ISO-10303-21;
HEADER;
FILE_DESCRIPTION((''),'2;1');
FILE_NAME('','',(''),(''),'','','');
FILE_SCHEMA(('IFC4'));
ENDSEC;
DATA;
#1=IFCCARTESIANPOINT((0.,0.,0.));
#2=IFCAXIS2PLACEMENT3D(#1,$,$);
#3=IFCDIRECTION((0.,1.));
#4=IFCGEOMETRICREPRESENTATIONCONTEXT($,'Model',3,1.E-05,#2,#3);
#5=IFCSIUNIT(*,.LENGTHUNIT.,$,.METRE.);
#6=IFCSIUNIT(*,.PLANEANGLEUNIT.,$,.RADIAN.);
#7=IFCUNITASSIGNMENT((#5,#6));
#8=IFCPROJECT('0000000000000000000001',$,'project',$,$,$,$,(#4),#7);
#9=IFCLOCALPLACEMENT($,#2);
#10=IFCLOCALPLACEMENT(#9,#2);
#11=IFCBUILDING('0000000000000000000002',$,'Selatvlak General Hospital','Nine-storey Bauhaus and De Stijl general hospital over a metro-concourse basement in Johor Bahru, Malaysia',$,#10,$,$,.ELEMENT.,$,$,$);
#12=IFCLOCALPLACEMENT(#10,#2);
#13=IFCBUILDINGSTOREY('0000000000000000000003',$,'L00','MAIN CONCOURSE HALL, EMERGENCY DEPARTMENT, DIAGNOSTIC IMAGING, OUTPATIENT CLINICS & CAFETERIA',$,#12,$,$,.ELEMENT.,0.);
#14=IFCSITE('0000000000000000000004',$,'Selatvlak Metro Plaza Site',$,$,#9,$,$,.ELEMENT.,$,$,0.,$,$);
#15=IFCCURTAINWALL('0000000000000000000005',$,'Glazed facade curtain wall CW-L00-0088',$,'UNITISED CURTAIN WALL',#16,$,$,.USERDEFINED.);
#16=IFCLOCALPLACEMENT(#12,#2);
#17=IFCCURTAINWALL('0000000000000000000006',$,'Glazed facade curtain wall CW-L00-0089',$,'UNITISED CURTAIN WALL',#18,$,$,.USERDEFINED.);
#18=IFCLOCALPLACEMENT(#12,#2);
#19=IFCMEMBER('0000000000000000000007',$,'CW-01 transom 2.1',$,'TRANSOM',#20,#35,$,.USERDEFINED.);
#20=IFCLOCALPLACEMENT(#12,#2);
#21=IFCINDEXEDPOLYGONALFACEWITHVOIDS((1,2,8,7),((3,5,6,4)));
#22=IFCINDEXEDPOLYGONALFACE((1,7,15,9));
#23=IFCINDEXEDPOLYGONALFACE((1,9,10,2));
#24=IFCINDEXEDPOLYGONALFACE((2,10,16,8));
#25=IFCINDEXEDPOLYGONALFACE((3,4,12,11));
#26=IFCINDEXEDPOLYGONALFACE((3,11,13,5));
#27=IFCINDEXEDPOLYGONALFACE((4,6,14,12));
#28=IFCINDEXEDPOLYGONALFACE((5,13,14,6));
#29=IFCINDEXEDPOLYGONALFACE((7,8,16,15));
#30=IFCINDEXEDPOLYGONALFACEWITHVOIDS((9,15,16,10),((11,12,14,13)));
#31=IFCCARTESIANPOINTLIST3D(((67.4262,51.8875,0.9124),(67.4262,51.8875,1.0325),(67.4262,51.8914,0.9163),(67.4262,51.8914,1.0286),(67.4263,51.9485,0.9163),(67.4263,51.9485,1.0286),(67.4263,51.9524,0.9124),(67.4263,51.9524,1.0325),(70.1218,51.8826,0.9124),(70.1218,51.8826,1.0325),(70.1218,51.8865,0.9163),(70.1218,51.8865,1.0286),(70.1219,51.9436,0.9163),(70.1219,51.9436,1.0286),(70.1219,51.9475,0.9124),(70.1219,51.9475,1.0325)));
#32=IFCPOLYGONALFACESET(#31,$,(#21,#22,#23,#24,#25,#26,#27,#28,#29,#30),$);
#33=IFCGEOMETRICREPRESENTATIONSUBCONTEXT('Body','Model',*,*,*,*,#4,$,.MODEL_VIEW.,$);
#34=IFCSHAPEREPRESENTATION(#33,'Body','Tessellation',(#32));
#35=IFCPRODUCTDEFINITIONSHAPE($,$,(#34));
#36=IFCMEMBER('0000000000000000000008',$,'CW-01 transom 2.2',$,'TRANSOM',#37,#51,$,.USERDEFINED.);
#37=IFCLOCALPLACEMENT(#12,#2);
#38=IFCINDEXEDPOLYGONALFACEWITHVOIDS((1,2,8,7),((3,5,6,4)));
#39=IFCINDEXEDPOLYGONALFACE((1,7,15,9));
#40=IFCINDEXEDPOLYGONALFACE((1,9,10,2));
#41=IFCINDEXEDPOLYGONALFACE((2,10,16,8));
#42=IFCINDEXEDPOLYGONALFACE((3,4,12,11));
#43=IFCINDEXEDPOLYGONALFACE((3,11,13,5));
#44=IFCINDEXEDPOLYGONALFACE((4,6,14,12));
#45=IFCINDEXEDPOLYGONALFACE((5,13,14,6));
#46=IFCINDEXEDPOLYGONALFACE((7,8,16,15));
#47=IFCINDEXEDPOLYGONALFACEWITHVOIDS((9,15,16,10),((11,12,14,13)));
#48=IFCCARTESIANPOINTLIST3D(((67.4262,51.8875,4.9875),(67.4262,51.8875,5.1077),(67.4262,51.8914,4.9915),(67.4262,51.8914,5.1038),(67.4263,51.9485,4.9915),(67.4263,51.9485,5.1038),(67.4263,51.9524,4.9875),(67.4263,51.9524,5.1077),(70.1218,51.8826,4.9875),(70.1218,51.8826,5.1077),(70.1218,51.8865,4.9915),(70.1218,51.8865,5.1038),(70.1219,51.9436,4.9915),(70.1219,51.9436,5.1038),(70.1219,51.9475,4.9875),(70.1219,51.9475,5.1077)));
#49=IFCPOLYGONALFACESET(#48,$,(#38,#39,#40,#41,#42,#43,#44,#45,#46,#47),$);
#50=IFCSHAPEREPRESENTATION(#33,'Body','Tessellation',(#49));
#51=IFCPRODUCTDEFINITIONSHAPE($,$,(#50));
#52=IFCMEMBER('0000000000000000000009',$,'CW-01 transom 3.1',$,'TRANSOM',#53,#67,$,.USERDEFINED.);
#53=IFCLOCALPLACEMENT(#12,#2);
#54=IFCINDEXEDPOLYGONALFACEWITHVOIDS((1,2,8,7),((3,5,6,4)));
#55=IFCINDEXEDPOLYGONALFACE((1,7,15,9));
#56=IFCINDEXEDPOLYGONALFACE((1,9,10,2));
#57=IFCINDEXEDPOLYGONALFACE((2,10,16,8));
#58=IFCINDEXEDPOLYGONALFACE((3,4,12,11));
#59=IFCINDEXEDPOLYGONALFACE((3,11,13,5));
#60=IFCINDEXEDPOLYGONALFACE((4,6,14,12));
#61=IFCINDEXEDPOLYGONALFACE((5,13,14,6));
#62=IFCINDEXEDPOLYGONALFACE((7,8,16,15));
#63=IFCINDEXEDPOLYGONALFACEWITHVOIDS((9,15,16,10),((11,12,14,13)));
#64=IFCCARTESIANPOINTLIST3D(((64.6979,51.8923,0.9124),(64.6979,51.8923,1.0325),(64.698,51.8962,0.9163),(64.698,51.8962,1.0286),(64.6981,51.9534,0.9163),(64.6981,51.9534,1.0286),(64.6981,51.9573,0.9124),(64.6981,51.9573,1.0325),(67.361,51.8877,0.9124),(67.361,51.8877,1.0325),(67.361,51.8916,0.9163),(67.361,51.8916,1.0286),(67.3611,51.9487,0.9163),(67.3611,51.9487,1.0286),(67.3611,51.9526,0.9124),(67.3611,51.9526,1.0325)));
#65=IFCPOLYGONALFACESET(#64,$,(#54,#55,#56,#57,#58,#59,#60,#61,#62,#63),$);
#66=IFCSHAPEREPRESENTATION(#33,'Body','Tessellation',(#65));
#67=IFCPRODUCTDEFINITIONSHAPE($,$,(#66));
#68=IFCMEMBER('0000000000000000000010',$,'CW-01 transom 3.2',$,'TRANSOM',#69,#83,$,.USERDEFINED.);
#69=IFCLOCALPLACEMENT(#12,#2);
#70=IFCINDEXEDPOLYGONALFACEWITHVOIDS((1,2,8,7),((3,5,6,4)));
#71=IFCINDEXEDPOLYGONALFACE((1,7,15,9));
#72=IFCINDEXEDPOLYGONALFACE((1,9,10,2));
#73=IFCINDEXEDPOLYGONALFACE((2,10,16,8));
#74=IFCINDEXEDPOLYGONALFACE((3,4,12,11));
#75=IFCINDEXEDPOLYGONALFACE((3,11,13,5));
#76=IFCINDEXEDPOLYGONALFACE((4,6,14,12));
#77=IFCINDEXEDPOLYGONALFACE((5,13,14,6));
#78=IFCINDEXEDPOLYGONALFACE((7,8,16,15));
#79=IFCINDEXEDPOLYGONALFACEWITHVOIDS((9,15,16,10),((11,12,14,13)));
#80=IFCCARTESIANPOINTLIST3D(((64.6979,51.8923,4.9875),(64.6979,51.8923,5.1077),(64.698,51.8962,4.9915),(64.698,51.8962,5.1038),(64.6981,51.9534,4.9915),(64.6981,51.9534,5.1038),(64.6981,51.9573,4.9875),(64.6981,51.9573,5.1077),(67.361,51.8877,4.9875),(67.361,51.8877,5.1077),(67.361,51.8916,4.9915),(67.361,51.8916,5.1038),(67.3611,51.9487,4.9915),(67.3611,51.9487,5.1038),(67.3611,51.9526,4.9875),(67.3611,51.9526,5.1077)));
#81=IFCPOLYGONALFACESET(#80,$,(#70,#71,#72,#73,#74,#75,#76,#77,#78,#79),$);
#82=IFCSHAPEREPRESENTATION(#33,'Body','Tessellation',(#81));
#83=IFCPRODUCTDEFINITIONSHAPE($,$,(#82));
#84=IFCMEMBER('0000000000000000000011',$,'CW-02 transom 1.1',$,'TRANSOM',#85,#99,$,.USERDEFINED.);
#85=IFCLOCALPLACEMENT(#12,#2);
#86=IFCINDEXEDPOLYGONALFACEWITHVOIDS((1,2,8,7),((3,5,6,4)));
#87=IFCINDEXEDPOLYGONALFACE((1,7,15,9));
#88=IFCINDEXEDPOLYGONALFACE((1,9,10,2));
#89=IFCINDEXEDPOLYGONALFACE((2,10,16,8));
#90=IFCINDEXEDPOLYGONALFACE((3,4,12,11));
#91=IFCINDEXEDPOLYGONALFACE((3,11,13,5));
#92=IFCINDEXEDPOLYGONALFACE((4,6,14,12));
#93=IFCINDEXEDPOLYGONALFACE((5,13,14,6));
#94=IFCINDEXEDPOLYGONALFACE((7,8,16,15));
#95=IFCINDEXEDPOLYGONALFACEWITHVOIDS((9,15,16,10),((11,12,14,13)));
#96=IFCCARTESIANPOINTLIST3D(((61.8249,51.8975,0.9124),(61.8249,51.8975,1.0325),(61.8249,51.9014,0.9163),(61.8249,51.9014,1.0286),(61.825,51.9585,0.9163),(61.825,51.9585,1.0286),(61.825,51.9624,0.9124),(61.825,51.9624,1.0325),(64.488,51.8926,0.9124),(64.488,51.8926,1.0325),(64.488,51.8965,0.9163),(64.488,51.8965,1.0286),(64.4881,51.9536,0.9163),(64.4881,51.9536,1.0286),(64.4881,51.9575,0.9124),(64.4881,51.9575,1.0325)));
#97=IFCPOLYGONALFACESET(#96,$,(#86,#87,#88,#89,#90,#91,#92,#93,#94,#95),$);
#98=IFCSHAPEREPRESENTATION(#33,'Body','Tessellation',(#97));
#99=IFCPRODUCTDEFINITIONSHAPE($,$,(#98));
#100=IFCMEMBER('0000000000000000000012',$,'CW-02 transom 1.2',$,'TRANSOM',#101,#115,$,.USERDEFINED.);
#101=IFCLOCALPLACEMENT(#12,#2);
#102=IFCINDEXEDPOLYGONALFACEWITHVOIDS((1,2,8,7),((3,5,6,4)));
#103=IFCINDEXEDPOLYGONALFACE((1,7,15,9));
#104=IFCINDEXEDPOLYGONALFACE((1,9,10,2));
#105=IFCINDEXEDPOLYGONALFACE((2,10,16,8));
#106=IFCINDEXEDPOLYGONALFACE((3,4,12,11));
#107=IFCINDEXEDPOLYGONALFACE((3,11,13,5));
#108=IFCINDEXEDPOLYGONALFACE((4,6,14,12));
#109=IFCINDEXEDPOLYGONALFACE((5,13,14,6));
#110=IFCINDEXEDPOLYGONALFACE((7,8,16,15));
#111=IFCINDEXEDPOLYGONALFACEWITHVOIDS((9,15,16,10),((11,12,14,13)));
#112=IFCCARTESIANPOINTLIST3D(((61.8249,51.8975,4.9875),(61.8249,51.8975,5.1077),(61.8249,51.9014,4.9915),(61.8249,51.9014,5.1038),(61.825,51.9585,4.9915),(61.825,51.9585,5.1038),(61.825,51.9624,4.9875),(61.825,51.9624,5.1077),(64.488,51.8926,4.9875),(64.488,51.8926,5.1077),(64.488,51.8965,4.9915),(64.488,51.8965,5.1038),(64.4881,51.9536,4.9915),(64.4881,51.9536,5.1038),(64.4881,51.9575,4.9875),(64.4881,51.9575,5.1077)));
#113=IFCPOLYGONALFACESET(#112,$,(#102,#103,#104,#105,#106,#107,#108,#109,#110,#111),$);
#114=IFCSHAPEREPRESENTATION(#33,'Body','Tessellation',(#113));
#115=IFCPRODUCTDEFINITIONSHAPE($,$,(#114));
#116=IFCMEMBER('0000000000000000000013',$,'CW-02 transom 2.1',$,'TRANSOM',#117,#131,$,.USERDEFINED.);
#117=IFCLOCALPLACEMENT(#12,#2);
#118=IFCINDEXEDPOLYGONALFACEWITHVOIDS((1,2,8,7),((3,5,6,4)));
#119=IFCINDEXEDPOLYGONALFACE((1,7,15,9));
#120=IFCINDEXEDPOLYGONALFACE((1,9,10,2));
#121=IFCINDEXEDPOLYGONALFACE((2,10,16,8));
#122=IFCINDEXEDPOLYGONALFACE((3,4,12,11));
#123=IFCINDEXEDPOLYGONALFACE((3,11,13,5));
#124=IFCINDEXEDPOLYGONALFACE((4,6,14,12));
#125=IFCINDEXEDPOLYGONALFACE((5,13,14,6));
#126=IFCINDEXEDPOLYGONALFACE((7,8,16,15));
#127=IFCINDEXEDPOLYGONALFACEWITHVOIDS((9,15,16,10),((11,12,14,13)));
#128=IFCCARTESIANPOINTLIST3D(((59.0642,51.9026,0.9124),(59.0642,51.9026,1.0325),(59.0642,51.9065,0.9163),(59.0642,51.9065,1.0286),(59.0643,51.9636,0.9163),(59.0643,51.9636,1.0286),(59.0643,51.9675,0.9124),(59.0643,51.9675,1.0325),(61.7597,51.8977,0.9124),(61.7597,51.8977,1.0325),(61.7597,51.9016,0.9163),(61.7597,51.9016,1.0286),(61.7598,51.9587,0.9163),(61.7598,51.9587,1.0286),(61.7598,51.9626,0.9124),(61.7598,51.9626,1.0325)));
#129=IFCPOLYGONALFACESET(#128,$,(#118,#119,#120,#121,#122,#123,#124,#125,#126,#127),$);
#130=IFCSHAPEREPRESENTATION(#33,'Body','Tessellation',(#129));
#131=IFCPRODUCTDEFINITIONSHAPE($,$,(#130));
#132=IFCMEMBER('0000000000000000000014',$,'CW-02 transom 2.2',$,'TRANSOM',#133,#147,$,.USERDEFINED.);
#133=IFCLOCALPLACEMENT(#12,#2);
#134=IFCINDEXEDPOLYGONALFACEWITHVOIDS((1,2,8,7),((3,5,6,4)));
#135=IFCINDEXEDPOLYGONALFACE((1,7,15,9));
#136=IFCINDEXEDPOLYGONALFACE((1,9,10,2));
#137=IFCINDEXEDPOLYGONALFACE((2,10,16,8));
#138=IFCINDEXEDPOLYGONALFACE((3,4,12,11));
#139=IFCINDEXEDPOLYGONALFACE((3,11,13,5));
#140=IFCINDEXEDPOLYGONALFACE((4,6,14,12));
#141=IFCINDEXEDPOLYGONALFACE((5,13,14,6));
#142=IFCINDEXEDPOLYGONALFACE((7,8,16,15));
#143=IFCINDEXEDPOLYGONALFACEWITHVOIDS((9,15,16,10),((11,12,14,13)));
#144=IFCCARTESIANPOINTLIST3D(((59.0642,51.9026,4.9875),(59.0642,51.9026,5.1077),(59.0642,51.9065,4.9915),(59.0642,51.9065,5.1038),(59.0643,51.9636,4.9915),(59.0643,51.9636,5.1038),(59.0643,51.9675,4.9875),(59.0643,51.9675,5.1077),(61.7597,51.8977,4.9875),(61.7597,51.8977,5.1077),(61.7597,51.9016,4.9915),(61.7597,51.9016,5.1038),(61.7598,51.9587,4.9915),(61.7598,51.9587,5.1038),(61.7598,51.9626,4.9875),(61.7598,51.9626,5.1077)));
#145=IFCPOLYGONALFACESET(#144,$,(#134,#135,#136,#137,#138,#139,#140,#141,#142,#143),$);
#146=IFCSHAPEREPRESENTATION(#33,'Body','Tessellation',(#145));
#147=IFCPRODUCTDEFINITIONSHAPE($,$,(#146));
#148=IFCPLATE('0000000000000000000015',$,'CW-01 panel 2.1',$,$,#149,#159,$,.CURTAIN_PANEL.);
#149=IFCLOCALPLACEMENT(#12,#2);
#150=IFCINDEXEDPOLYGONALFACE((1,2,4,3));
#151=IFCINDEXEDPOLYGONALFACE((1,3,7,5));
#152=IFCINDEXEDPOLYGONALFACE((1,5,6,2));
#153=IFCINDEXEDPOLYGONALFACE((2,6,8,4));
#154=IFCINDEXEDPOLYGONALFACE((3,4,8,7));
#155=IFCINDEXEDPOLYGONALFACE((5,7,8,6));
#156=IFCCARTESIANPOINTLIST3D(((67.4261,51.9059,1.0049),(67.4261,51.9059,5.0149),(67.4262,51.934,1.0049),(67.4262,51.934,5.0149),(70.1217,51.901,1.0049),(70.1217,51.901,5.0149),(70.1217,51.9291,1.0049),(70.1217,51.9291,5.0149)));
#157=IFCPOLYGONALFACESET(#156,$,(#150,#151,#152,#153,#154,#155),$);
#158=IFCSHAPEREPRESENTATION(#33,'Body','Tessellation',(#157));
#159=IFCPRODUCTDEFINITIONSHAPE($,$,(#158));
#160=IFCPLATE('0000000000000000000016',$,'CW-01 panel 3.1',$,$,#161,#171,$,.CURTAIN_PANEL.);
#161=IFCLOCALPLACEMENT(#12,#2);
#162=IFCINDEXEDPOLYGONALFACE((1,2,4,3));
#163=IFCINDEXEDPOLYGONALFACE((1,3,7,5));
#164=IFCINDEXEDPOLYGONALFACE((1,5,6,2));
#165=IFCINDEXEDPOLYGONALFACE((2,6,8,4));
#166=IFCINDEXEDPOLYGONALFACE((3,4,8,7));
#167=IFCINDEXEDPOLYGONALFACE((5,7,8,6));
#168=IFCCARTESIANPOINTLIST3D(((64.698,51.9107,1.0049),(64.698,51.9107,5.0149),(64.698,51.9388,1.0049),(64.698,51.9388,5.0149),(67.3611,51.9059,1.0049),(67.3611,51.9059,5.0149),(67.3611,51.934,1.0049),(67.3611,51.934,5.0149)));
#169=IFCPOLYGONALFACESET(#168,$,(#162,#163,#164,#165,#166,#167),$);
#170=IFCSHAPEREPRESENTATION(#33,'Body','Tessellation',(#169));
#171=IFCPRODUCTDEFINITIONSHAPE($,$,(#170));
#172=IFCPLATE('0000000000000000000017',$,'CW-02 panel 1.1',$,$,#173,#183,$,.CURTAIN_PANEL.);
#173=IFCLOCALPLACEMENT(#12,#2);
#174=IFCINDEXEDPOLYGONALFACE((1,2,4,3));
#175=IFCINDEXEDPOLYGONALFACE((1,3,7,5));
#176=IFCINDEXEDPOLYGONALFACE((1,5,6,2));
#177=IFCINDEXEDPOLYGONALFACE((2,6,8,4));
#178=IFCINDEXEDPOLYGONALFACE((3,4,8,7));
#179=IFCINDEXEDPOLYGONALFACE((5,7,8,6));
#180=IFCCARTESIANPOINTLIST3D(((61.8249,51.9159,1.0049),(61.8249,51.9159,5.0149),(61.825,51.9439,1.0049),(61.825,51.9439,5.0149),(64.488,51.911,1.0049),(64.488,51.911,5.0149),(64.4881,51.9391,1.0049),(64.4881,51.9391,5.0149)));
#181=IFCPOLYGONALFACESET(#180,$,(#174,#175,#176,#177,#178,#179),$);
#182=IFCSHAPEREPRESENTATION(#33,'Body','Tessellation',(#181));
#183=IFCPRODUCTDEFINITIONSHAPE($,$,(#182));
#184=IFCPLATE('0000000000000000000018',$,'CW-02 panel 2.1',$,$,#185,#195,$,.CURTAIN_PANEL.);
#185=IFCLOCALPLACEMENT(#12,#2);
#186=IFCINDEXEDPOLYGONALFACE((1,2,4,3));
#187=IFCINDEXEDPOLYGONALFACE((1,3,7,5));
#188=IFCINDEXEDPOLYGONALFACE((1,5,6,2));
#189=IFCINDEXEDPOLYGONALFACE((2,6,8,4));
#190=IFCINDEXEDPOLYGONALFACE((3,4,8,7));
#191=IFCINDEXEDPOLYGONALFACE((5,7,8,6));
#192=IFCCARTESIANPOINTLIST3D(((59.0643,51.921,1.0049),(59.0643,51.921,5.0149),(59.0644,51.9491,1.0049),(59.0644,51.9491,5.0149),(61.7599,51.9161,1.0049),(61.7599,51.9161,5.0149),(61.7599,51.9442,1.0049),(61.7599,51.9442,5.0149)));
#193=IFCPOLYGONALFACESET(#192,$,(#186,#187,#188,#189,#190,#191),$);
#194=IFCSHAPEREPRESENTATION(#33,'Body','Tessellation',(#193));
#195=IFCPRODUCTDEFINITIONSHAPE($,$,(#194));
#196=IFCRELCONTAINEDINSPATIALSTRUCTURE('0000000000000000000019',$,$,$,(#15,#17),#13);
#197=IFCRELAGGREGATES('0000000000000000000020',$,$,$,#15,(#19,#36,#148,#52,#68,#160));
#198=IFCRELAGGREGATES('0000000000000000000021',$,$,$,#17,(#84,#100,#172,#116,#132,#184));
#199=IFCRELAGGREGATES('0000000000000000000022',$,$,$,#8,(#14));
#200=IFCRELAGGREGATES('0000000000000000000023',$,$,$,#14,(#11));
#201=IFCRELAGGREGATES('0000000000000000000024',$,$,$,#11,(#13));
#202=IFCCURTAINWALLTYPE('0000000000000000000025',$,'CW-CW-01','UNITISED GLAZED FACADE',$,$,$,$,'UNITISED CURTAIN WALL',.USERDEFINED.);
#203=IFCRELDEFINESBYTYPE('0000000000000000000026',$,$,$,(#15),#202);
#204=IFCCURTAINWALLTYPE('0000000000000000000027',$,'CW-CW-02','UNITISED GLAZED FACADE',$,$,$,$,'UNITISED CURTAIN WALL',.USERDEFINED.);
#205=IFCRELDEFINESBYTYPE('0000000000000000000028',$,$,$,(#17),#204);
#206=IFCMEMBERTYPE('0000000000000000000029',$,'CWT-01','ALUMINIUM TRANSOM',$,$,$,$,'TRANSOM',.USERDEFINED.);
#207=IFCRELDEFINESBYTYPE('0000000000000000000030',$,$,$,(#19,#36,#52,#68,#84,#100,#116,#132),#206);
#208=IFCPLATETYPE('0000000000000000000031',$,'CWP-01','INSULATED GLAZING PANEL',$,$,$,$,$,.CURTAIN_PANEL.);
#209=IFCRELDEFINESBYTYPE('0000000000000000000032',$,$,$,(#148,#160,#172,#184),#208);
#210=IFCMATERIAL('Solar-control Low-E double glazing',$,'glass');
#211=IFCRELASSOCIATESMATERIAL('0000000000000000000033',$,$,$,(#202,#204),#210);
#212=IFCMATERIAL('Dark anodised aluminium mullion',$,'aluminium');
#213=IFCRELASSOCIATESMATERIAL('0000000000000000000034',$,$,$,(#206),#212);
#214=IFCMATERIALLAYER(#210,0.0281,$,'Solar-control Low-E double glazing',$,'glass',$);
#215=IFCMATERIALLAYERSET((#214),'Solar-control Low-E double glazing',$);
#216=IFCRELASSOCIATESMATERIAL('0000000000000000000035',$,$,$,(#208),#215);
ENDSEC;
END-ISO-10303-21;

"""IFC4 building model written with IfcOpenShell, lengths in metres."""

from ifc_helpers import new_model, si_unit, direction, frame, origin, origin_2d, place, context, subcontext, project, spatial, rectangle, hollow_rectangle, extrude, material, layer, layer_set, material_profile, profile_set, type_object, element, aggregate, save


model = new_model("IFC4")

# Units and contexts
model_context = context("Model", 3, precision=1e-05, world=origin(), true_north=direction((0.0, 1.0)))
body_context = subcontext(model_context, "Body", "Model", "MODEL_VIEW")
ifc_project = project(units=[si_unit("LENGTHUNIT", "METRE"), si_unit("PLANEANGLEUNIT", "RADIAN")], contexts=[model_context])

# Site, building, storey
site_placement = place(None, origin())
site = spatial("IfcSite", under=ifc_project, at=site_placement, Name="Selatvlak Metro Plaza Site", CompositionType="ELEMENT", RefElevation=0.0)
building_placement = place(site_placement, origin())
building = spatial("IfcBuilding", under=site, at=building_placement, Name="Selatvlak General Hospital", Description="Nine-storey Bauhaus and De Stijl general hospital over a metro-concourse basement in Johor Bahru, Malaysia", CompositionType="ELEMENT")
storey_placement = place(building_placement, origin())
storey = spatial("IfcBuildingStorey", under=building, at=storey_placement, Name="L00", Description="MAIN CONCOURSE HALL, EMERGENCY DEPARTMENT, DIAGNOSTIC IMAGING, OUTPATIENT CLINICS & CAFETERIA", CompositionType="ELEMENT", Elevation=0.0)

# Curtain walls
ifc_material_1 = material(Name="Solar-control Low-E double glazing", Category="glass")
curtain_wall_type_1 = type_object("IfcCurtainWallType", Name="CW-CW-01", Description="UNITISED GLAZED FACADE", ElementType="UNITISED CURTAIN WALL", PredefinedType="USERDEFINED", material=ifc_material_1)
curtain_wall_1_placement = place(storey_placement, origin())
curtain_wall_1 = element("IfcCurtainWall", 1, at=curtain_wall_1_placement, inside=storey, type_object=curtain_wall_type_1, Name="Glazed facade curtain wall CW-L00-0088", ObjectType="UNITISED CURTAIN WALL", PredefinedType="USERDEFINED")
ifc_material_2 = material(Name="Dark anodised aluminium mullion", Category="aluminium")
curtain_wall_type_2 = type_object("IfcCurtainWallType", Name="CW-CW-02", Description="UNITISED GLAZED FACADE", ElementType="UNITISED CURTAIN WALL", PredefinedType="USERDEFINED", material=ifc_material_1)
curtain_wall_2_placement = place(storey_placement, origin())
curtain_wall_2 = element("IfcCurtainWall", 2, at=curtain_wall_2_placement, inside=storey, type_object=curtain_wall_type_2, Name="Glazed facade curtain wall CW-L00-0089", ObjectType="UNITISED CURTAIN WALL", PredefinedType="USERDEFINED")

# Members
ifc_material_profile_1 = material_profile(ifc_material_2, hollow_rectangle(XDim=0.0649, YDim=0.1201, WallThickness=0.0039, at=origin_2d()), Name="AL-TRN 65x120x4")
ifc_profile_set_1 = profile_set([ifc_material_profile_1], Name="Dark anodised aluminium mullion")
member_type_1 = type_object("IfcMemberType", Name="CWT-01", Description="ALUMINIUM TRANSOM", ElementType="TRANSOM", PredefinedType="USERDEFINED", material=ifc_profile_set_1)
member_1_placement = place(storey_placement, frame((70.1218, 51.915, 0.9724), z_axis=(-0.999998, 0.001811, 0.0), x_axis=(-0.001811, -0.999998, 0.0)))
member_1 = element("IfcMember", 3, at=member_1_placement, type_object=member_type_1, Name="CW-01 transom 2.1", ObjectType="TRANSOM", PredefinedType="USERDEFINED", context=body_context, shape_type="SweptSolid", body=[
    extrude(hollow_rectangle(XDim=0.0649, YDim=0.1201, WallThickness=0.0039, at=origin_2d()), origin(), (0.0, 0.0, 1.0), 2.6956),
])
member_2_placement = place(storey_placement, frame((70.1218, 51.915, 5.0476), z_axis=(-0.999998, 0.001811, 0.0), x_axis=(-0.001811, -0.999998, 0.0)))
member_2 = element("IfcMember", 4, at=member_2_placement, type_object=member_type_1, Name="CW-01 transom 2.2", ObjectType="TRANSOM", PredefinedType="USERDEFINED", context=body_context, shape_type="SweptSolid", body=[
    extrude(hollow_rectangle(XDim=0.0649, YDim=0.1201, WallThickness=0.0039, at=origin_2d()), origin(), (0.0, 0.0, 1.0), 2.6956),
])
member_3_placement = place(storey_placement, frame((67.3611, 51.9202, 0.9724), z_axis=(-0.999998, 0.001742, 0.0), x_axis=(-0.001742, -0.999998, 0.0)))
member_3 = element("IfcMember", 5, at=member_3_placement, type_object=member_type_1, Name="CW-01 transom 3.1", ObjectType="TRANSOM", PredefinedType="USERDEFINED", context=body_context, shape_type="SweptSolid", body=[
    extrude(hollow_rectangle(XDim=0.0649, YDim=0.1201, WallThickness=0.0039, at=origin_2d()), origin(), (0.0, 0.0, 1.0), 2.6631),
])
member_4_placement = place(storey_placement, frame((67.3611, 51.9202, 5.0476), z_axis=(-0.999998, 0.001742, 0.0), x_axis=(-0.001742, -0.999998, 0.0)))
member_4 = element("IfcMember", 6, at=member_4_placement, type_object=member_type_1, Name="CW-01 transom 3.2", ObjectType="TRANSOM", PredefinedType="USERDEFINED", context=body_context, shape_type="SweptSolid", body=[
    extrude(hollow_rectangle(XDim=0.0649, YDim=0.1201, WallThickness=0.0039, at=origin_2d()), origin(), (0.0, 0.0, 1.0), 2.6631),
])
member_5_placement = place(storey_placement, frame((64.488, 51.925, 0.9724), z_axis=(-0.999998, 0.001834, 0.0), x_axis=(-0.001834, -0.999998, 0.0)))
member_5 = element("IfcMember", 7, at=member_5_placement, type_object=member_type_1, Name="CW-02 transom 1.1", ObjectType="TRANSOM", PredefinedType="USERDEFINED", context=body_context, shape_type="SweptSolid", body=[
    extrude(hollow_rectangle(XDim=0.0649, YDim=0.1201, WallThickness=0.0039, at=origin_2d()), origin(), (0.0, 0.0, 1.0), 2.6631),
])
member_6_placement = place(storey_placement, frame((64.488, 51.925, 5.0476), z_axis=(-0.999998, 0.001834, 0.0), x_axis=(-0.001834, -0.999998, 0.0)))
member_6 = element("IfcMember", 8, at=member_6_placement, type_object=member_type_1, Name="CW-02 transom 1.2", ObjectType="TRANSOM", PredefinedType="USERDEFINED", context=body_context, shape_type="SweptSolid", body=[
    extrude(hollow_rectangle(XDim=0.0649, YDim=0.1201, WallThickness=0.0039, at=origin_2d()), origin(), (0.0, 0.0, 1.0), 2.6631),
])
member_7_placement = place(storey_placement, frame((61.7598, 51.9302, 0.9724), z_axis=(-0.999998, 0.001811, 0.0), x_axis=(-0.001811, -0.999998, 0.0)))
member_7 = element("IfcMember", 9, at=member_7_placement, type_object=member_type_1, Name="CW-02 transom 2.1", ObjectType="TRANSOM", PredefinedType="USERDEFINED", context=body_context, shape_type="SweptSolid", body=[
    extrude(hollow_rectangle(XDim=0.0649, YDim=0.1201, WallThickness=0.0039, at=origin_2d()), origin(), (0.0, 0.0, 1.0), 2.6956),
])
member_8_placement = place(storey_placement, frame((61.7598, 51.9302, 5.0476), z_axis=(-0.999998, 0.001811, 0.0), x_axis=(-0.001811, -0.999998, 0.0)))
member_8 = element("IfcMember", 10, at=member_8_placement, type_object=member_type_1, Name="CW-02 transom 2.2", ObjectType="TRANSOM", PredefinedType="USERDEFINED", context=body_context, shape_type="SweptSolid", body=[
    extrude(hollow_rectangle(XDim=0.0649, YDim=0.1201, WallThickness=0.0039, at=origin_2d()), origin(), (0.0, 0.0, 1.0), 2.6956),
])

# Plates
ifc_layer_1 = layer(ifc_material_1, 0.0281, Name="Solar-control Low-E double glazing", Category="glass")
ifc_layer_set_1 = layer_set([ifc_layer_1], Name="Solar-control Low-E double glazing")
plate_type = type_object("IfcPlateType", Name="CWP-01", Description="INSULATED GLAZING PANEL", PredefinedType="CURTAIN_PANEL", material=ifc_layer_set_1)
plate_1_placement = place(storey_placement, frame((68.7739, 51.9175, 1.0049), z_axis=(0.0, 0.0, 1.0), x_axis=(-0.999998, 0.001811, 0.0)))
plate_1 = element("IfcPlate", 11, at=plate_1_placement, type_object=plate_type, Name="CW-01 panel 2.1", PredefinedType="CURTAIN_PANEL", context=body_context, shape_type="SweptSolid", body=[
    extrude(rectangle(XDim=2.6956, YDim=0.0281, at=origin_2d()), origin(), (0.0, 0.0, 1.0), 4.01),
])
plate_2_placement = place(storey_placement, frame((66.0295, 51.9224, 1.0049), z_axis=(0.0, 0.0, 1.0), x_axis=(-0.999998, 0.001811, 0.0)))
plate_2 = element("IfcPlate", 12, at=plate_2_placement, type_object=plate_type, Name="CW-01 panel 3.1", PredefinedType="CURTAIN_PANEL", context=body_context, shape_type="SweptSolid", body=[
    extrude(rectangle(XDim=2.6631, YDim=0.0281, at=origin_2d()), origin(), (0.0, 0.0, 1.0), 4.01),
])
aggregate(curtain_wall_1, [member_1, member_2, plate_1, member_3, member_4, plate_2])
plate_3_placement = place(storey_placement, frame((63.1565, 51.9275, 1.0049), z_axis=(0.0, 0.0, 1.0), x_axis=(-0.999998, 0.001811, 0.0)))
plate_3 = element("IfcPlate", 13, at=plate_3_placement, type_object=plate_type, Name="CW-02 panel 1.1", PredefinedType="CURTAIN_PANEL", context=body_context, shape_type="SweptSolid", body=[
    extrude(rectangle(XDim=2.6631, YDim=0.0281, at=origin_2d()), origin(), (0.0, 0.0, 1.0), 4.01),
])
plate_4_placement = place(storey_placement, frame((60.4121, 51.9326, 1.0049), z_axis=(0.0, 0.0, 1.0), x_axis=(-0.999998, 0.001811, 0.0)))
plate_4 = element("IfcPlate", 14, at=plate_4_placement, type_object=plate_type, Name="CW-02 panel 2.1", PredefinedType="CURTAIN_PANEL", context=body_context, shape_type="SweptSolid", body=[
    extrude(rectangle(XDim=2.6956, YDim=0.0281, at=origin_2d()), origin(), (0.0, 0.0, 1.0), 4.01),
])
aggregate(curtain_wall_2, [member_5, member_6, plate_3, member_7, member_8, plate_4])

save(model, "model.ifc")
